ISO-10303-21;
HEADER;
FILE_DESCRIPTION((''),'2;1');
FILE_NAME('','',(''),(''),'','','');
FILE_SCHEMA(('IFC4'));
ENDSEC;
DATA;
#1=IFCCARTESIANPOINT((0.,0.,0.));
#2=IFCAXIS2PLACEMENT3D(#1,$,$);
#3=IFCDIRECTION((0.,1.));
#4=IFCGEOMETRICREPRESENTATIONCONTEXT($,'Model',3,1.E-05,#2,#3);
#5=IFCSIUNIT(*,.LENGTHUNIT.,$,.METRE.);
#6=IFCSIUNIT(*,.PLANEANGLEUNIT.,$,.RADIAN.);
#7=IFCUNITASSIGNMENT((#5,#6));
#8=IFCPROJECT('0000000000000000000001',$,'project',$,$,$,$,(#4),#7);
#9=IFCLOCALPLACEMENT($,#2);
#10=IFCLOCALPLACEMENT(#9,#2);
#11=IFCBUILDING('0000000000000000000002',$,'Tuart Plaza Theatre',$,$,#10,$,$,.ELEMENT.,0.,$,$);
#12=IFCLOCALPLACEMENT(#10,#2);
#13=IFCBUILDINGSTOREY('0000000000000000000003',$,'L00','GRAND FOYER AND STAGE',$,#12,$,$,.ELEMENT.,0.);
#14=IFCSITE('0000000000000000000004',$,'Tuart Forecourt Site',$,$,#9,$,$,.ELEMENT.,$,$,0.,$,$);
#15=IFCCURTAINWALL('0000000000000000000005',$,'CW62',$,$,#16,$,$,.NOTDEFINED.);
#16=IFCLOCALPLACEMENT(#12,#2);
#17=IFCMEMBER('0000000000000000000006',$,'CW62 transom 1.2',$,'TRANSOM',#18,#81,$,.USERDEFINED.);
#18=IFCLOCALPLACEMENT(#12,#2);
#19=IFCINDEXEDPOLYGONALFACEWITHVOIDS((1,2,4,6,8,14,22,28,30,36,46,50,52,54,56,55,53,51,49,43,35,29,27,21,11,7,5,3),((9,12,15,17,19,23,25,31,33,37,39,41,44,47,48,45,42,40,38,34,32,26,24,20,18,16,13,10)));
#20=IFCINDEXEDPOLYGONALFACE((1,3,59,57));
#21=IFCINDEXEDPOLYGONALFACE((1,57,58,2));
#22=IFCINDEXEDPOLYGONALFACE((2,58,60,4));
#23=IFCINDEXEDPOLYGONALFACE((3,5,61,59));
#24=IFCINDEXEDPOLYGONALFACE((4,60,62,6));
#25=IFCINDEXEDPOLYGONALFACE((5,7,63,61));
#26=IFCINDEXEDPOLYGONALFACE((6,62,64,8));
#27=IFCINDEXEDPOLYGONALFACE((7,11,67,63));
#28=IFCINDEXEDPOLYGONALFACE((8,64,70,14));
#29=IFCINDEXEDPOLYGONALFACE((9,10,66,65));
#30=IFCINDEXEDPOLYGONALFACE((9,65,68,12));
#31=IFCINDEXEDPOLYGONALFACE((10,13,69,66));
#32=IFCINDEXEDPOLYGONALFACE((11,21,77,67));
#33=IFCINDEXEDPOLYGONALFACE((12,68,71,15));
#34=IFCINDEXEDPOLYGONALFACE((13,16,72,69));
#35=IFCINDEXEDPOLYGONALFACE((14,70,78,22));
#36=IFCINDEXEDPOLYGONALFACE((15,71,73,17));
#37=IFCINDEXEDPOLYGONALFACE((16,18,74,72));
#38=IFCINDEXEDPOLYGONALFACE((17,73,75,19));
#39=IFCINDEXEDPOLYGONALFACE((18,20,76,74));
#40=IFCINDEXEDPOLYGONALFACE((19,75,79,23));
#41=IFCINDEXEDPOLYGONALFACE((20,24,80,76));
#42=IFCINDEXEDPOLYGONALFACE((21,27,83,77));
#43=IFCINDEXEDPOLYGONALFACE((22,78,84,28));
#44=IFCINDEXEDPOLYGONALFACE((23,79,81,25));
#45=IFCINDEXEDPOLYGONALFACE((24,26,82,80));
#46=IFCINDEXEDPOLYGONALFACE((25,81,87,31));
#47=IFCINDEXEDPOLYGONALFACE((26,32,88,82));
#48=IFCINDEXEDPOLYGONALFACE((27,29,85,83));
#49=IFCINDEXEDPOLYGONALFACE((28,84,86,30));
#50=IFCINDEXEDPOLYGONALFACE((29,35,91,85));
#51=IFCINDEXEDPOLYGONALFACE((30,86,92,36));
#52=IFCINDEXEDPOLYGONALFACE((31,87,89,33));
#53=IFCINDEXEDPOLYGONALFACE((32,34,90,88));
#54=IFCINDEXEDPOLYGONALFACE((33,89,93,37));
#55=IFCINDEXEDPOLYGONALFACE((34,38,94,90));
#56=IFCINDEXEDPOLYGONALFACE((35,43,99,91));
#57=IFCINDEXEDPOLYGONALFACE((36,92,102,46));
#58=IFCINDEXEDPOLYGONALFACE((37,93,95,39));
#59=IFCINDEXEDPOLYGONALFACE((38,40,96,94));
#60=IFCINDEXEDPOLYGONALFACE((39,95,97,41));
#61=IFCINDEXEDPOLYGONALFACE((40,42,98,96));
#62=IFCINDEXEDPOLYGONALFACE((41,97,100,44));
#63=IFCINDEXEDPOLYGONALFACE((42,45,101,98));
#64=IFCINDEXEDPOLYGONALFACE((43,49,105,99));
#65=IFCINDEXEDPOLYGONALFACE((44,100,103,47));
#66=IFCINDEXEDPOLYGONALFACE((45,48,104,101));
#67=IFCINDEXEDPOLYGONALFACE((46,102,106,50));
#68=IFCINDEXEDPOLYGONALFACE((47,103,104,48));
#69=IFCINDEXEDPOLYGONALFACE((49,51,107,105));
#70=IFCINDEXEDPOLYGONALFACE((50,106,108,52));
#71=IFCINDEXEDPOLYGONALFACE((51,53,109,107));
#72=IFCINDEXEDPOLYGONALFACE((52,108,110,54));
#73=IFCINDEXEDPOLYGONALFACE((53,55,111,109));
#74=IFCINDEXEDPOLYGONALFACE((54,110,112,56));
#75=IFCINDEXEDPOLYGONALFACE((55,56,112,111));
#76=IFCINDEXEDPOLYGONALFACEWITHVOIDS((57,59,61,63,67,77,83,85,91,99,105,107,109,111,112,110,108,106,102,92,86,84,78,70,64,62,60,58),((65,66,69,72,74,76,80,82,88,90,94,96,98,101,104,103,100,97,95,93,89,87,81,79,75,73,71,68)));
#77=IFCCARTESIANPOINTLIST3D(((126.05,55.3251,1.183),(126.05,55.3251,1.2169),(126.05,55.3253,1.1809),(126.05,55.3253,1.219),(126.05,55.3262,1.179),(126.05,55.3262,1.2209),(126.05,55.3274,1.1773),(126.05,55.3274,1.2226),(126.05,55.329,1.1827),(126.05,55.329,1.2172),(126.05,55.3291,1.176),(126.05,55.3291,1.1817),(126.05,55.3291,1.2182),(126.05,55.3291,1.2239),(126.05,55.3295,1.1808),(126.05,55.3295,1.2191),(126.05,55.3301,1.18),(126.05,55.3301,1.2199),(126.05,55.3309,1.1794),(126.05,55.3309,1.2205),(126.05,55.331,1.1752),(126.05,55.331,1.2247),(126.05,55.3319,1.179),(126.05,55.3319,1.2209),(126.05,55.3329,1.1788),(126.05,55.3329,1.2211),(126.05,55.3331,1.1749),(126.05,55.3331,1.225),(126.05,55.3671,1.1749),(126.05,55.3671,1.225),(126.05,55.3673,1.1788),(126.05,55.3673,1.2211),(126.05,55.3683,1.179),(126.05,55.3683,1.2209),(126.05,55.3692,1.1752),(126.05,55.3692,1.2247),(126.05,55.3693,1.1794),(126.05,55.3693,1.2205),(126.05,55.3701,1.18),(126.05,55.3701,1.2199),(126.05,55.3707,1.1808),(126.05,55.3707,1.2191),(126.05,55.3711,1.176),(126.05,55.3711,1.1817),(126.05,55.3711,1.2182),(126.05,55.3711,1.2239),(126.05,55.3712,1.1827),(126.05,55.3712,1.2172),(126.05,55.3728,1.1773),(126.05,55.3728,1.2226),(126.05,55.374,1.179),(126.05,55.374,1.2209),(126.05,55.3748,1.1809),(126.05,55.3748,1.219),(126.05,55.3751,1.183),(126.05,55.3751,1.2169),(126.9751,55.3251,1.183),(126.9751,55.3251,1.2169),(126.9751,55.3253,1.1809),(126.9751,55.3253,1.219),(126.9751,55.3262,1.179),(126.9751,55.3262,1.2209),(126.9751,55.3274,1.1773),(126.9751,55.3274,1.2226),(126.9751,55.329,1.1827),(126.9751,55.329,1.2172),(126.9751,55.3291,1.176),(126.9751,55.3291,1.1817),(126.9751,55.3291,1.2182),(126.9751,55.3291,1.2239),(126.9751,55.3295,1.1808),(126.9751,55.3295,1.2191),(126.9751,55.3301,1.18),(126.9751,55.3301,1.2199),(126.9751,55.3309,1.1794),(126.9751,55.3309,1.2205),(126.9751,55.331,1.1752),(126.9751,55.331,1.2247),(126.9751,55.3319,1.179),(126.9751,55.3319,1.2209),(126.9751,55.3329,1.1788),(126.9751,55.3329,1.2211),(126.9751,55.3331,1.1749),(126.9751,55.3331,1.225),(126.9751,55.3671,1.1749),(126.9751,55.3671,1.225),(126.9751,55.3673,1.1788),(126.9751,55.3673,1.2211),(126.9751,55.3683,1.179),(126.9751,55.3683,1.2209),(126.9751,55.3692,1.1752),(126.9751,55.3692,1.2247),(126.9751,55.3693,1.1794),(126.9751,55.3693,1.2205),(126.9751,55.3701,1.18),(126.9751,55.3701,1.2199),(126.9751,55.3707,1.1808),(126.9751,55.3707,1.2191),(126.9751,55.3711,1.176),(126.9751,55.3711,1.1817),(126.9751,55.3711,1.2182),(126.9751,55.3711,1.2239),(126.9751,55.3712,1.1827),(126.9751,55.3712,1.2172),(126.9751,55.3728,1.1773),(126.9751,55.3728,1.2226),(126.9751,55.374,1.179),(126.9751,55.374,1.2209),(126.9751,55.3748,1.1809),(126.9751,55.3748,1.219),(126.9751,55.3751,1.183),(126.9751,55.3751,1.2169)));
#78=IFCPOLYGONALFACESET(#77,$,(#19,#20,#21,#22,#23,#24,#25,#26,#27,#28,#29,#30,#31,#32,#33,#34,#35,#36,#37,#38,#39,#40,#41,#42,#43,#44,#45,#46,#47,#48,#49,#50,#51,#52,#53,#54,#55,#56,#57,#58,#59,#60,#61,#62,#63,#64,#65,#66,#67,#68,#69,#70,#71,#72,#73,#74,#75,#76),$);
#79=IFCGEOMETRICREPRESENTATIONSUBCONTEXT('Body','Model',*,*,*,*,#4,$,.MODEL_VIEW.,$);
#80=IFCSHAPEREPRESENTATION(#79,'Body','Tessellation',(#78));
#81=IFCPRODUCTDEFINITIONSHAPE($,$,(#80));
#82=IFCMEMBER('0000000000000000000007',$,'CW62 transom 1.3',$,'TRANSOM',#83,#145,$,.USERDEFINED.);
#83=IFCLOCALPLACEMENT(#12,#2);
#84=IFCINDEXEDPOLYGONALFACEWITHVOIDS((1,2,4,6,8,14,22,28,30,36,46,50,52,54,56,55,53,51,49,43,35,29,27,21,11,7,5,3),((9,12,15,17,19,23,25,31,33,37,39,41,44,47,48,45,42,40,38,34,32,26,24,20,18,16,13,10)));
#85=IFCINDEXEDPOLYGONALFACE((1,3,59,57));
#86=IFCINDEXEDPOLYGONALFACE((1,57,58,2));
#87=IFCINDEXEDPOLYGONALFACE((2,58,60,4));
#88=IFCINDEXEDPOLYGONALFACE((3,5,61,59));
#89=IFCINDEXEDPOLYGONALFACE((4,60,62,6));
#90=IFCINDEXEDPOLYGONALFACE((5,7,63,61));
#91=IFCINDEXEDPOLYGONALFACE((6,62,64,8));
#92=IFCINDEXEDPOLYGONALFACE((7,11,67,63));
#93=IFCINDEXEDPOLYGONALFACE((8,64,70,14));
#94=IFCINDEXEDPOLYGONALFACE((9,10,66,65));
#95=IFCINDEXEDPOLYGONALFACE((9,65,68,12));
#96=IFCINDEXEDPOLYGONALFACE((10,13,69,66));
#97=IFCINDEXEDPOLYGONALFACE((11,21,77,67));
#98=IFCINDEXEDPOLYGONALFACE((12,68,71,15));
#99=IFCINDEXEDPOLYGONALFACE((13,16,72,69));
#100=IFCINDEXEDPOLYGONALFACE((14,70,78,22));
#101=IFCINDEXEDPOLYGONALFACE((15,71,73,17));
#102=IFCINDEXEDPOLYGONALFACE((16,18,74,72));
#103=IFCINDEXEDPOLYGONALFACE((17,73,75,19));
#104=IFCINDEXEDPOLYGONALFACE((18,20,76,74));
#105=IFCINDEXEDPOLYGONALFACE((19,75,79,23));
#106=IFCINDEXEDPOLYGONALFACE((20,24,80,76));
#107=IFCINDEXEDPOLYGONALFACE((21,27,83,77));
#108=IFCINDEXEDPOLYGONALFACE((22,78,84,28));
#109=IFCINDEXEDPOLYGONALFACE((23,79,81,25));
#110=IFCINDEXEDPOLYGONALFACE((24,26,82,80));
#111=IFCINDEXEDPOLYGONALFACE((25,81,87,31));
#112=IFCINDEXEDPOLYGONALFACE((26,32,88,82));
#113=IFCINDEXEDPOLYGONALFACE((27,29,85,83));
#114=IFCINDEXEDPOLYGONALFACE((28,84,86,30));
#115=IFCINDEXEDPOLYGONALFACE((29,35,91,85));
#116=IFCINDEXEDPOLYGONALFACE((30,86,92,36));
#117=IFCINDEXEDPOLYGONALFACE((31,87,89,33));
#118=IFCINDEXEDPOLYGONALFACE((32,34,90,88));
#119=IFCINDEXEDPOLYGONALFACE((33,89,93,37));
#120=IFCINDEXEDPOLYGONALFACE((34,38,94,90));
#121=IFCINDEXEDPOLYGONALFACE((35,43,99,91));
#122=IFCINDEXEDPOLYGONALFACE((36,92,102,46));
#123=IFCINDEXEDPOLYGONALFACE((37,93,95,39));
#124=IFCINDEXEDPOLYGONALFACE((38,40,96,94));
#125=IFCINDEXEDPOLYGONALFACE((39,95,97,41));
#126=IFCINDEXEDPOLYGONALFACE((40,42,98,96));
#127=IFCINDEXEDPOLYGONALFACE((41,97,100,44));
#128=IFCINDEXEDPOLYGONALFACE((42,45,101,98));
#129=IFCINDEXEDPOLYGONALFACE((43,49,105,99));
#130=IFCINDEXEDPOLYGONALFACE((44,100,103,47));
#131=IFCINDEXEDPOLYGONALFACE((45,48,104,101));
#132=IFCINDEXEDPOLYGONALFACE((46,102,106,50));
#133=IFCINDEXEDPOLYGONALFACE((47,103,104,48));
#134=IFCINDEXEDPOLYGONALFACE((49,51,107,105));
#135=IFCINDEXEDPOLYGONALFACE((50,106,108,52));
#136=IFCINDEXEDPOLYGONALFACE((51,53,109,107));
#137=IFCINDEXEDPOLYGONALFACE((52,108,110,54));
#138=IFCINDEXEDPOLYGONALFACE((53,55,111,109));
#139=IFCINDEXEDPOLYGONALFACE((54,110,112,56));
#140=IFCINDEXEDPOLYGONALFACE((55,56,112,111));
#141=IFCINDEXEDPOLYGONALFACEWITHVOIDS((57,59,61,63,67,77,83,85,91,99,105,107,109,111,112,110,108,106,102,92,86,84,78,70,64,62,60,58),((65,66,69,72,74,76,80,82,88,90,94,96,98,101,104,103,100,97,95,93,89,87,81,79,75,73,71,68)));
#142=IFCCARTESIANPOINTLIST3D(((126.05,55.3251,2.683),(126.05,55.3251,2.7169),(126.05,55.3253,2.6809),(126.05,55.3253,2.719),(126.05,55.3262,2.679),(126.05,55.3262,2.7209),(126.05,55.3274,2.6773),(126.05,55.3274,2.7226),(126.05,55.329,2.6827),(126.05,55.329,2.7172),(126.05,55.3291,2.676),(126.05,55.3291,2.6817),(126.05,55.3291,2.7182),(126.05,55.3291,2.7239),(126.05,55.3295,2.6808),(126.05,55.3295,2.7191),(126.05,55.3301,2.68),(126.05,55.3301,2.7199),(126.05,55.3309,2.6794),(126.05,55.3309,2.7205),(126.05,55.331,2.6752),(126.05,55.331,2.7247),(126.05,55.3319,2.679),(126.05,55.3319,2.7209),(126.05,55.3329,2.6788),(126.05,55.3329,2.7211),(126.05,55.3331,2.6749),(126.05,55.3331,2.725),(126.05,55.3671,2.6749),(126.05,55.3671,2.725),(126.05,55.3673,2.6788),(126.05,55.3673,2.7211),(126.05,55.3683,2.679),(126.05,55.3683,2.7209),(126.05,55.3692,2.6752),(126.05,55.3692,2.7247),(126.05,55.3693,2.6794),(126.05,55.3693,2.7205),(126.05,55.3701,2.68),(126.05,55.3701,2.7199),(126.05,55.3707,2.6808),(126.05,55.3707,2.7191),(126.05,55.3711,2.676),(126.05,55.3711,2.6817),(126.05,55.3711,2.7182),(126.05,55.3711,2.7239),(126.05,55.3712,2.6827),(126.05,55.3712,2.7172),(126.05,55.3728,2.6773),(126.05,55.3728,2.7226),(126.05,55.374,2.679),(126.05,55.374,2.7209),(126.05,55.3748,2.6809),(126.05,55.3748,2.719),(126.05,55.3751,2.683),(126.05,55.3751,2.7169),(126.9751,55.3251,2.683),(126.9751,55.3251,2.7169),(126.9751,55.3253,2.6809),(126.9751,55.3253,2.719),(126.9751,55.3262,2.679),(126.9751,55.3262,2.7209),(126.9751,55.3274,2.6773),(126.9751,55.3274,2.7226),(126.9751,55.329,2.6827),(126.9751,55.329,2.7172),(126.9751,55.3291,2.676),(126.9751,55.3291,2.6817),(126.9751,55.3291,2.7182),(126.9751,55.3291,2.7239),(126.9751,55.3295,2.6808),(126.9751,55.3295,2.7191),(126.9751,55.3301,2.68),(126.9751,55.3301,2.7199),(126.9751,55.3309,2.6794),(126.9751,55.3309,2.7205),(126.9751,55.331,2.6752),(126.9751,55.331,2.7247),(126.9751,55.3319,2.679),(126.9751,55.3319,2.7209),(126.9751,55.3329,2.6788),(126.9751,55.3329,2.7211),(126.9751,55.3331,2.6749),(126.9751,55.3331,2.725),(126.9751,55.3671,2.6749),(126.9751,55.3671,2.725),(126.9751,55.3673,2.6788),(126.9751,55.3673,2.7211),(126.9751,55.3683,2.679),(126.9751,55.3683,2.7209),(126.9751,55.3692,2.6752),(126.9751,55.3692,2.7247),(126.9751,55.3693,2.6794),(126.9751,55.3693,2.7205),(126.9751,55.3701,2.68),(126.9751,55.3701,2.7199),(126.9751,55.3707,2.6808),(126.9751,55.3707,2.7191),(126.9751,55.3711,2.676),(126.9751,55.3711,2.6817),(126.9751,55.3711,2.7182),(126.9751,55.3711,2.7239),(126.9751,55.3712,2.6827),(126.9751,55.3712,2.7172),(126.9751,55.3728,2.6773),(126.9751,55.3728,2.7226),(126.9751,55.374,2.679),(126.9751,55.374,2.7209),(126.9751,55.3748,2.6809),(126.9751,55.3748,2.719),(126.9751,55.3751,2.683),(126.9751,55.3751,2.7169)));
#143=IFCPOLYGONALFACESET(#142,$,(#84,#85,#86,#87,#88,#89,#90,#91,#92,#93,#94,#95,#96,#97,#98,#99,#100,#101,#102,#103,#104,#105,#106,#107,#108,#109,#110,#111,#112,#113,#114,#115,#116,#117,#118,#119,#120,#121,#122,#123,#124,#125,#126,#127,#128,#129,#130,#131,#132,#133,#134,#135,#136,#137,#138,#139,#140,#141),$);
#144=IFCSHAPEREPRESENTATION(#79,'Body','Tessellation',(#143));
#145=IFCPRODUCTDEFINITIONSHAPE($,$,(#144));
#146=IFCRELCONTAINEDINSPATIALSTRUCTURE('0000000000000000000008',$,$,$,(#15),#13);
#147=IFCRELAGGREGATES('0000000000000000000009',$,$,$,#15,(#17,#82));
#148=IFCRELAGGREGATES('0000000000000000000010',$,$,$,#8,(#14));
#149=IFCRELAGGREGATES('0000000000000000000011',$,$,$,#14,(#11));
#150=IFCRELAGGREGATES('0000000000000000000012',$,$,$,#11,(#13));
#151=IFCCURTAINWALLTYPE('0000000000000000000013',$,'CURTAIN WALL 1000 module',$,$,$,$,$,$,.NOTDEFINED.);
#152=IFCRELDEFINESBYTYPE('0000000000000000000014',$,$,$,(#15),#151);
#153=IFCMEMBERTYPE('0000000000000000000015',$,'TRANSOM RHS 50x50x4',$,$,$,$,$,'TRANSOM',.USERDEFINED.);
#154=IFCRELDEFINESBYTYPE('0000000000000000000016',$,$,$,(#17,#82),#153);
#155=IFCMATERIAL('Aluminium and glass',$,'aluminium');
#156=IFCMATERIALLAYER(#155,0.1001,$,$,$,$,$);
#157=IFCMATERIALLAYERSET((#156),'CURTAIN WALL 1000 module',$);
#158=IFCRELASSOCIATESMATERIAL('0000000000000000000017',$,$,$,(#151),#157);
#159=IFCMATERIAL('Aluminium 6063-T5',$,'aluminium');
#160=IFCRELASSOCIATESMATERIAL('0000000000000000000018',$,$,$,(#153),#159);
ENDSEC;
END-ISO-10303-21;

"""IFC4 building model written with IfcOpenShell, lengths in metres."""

from ifc_helpers import new_model, si_unit, direction, frame, origin, origin_2d, place, context, subcontext, project, spatial, hollow_rectangle, extrude, material, layer, layer_set, material_profile, profile_set, type_object, element, aggregate, save


model = new_model("IFC4")

# Units and contexts
model_context = context("Model", 3, precision=1e-05, world=origin(), true_north=direction((0.0, 1.0)))
body_context = subcontext(model_context, "Body", "Model", "MODEL_VIEW")
ifc_project = project(units=[si_unit("LENGTHUNIT", "METRE"), si_unit("PLANEANGLEUNIT", "RADIAN")], contexts=[model_context])

# Site, building, storey
site_placement = place(None, origin())
site = spatial("IfcSite", under=ifc_project, at=site_placement, Name="Tuart Forecourt Site", CompositionType="ELEMENT", RefElevation=0.0)
building_placement = place(site_placement, origin())
building = spatial("IfcBuilding", under=site, at=building_placement, Name="Tuart Plaza Theatre", CompositionType="ELEMENT", ElevationOfRefHeight=0.0)
storey_placement = place(building_placement, origin())
storey = spatial("IfcBuildingStorey", under=building, at=storey_placement, Name="L00", Description="GRAND FOYER AND STAGE", CompositionType="ELEMENT", Elevation=0.0)

# Curtain wall
ifc_material_1 = material(Name="Aluminium and glass", Category="aluminium")
ifc_layer_1 = layer(ifc_material_1, 0.1001)
ifc_layer_set_1 = layer_set([ifc_layer_1], Name="CURTAIN WALL 1000 module")
curtain_wall_type_1 = type_object("IfcCurtainWallType", Name="CURTAIN WALL 1000 module", PredefinedType="NOTDEFINED", material=ifc_layer_set_1)
curtain_wall_1_placement = place(storey_placement, origin())
curtain_wall_1 = element("IfcCurtainWall", 1, at=curtain_wall_1_placement, inside=storey, type_object=curtain_wall_type_1, Name="CW62", PredefinedType="NOTDEFINED")

# Members
ifc_material_2 = material(Name="Aluminium 6063-T5", Category="aluminium")
ifc_material_profile_1 = material_profile(ifc_material_2, hollow_rectangle(XDim=0.05, YDim=0.05, WallThickness=0.0039, InnerFilletRadius=0.0039, OuterFilletRadius=0.0081, at=origin_2d()), Name="RHS 50x50x4")
ifc_profile_set_1 = profile_set([ifc_material_profile_1], Name="Aluminium 6063-T5")
member_type_1 = type_object("IfcMemberType", Name="TRANSOM RHS 50x50x4", ElementType="TRANSOM", PredefinedType="USERDEFINED", material=ifc_profile_set_1)
member_1_placement = place(storey_placement, frame((126.05, 55.3501, 1.2), z_axis=(1.0, 0.0, 0.0), x_axis=(0.0, 1.0, 0.0)))
member_1 = element("IfcMember", 2, at=member_1_placement, type_object=member_type_1, Name="CW62 transom 1.2", ObjectType="TRANSOM", PredefinedType="USERDEFINED", context=body_context, shape_type="SweptSolid", body=[
    extrude(hollow_rectangle(XDim=0.05, YDim=0.05, WallThickness=0.0039, InnerFilletRadius=0.0039, OuterFilletRadius=0.0081, at=origin_2d()), origin(), (0.0, 0.0, 1.0), 0.925),
])
member_2_placement = place(storey_placement, frame((126.05, 55.3501, 2.7), z_axis=(1.0, 0.0, 0.0), x_axis=(0.0, 1.0, 0.0)))
member_2 = element("IfcMember", 3, at=member_2_placement, type_object=member_type_1, Name="CW62 transom 1.3", ObjectType="TRANSOM", PredefinedType="USERDEFINED", context=body_context, shape_type="SweptSolid", body=[
    extrude(hollow_rectangle(XDim=0.05, YDim=0.05, WallThickness=0.0039, InnerFilletRadius=0.0039, OuterFilletRadius=0.0081, at=origin_2d()), origin(), (0.0, 0.0, 1.0), 0.925),
])

aggregate(curtain_wall_1, [member_1, member_2])

save(model, "model.ifc")
